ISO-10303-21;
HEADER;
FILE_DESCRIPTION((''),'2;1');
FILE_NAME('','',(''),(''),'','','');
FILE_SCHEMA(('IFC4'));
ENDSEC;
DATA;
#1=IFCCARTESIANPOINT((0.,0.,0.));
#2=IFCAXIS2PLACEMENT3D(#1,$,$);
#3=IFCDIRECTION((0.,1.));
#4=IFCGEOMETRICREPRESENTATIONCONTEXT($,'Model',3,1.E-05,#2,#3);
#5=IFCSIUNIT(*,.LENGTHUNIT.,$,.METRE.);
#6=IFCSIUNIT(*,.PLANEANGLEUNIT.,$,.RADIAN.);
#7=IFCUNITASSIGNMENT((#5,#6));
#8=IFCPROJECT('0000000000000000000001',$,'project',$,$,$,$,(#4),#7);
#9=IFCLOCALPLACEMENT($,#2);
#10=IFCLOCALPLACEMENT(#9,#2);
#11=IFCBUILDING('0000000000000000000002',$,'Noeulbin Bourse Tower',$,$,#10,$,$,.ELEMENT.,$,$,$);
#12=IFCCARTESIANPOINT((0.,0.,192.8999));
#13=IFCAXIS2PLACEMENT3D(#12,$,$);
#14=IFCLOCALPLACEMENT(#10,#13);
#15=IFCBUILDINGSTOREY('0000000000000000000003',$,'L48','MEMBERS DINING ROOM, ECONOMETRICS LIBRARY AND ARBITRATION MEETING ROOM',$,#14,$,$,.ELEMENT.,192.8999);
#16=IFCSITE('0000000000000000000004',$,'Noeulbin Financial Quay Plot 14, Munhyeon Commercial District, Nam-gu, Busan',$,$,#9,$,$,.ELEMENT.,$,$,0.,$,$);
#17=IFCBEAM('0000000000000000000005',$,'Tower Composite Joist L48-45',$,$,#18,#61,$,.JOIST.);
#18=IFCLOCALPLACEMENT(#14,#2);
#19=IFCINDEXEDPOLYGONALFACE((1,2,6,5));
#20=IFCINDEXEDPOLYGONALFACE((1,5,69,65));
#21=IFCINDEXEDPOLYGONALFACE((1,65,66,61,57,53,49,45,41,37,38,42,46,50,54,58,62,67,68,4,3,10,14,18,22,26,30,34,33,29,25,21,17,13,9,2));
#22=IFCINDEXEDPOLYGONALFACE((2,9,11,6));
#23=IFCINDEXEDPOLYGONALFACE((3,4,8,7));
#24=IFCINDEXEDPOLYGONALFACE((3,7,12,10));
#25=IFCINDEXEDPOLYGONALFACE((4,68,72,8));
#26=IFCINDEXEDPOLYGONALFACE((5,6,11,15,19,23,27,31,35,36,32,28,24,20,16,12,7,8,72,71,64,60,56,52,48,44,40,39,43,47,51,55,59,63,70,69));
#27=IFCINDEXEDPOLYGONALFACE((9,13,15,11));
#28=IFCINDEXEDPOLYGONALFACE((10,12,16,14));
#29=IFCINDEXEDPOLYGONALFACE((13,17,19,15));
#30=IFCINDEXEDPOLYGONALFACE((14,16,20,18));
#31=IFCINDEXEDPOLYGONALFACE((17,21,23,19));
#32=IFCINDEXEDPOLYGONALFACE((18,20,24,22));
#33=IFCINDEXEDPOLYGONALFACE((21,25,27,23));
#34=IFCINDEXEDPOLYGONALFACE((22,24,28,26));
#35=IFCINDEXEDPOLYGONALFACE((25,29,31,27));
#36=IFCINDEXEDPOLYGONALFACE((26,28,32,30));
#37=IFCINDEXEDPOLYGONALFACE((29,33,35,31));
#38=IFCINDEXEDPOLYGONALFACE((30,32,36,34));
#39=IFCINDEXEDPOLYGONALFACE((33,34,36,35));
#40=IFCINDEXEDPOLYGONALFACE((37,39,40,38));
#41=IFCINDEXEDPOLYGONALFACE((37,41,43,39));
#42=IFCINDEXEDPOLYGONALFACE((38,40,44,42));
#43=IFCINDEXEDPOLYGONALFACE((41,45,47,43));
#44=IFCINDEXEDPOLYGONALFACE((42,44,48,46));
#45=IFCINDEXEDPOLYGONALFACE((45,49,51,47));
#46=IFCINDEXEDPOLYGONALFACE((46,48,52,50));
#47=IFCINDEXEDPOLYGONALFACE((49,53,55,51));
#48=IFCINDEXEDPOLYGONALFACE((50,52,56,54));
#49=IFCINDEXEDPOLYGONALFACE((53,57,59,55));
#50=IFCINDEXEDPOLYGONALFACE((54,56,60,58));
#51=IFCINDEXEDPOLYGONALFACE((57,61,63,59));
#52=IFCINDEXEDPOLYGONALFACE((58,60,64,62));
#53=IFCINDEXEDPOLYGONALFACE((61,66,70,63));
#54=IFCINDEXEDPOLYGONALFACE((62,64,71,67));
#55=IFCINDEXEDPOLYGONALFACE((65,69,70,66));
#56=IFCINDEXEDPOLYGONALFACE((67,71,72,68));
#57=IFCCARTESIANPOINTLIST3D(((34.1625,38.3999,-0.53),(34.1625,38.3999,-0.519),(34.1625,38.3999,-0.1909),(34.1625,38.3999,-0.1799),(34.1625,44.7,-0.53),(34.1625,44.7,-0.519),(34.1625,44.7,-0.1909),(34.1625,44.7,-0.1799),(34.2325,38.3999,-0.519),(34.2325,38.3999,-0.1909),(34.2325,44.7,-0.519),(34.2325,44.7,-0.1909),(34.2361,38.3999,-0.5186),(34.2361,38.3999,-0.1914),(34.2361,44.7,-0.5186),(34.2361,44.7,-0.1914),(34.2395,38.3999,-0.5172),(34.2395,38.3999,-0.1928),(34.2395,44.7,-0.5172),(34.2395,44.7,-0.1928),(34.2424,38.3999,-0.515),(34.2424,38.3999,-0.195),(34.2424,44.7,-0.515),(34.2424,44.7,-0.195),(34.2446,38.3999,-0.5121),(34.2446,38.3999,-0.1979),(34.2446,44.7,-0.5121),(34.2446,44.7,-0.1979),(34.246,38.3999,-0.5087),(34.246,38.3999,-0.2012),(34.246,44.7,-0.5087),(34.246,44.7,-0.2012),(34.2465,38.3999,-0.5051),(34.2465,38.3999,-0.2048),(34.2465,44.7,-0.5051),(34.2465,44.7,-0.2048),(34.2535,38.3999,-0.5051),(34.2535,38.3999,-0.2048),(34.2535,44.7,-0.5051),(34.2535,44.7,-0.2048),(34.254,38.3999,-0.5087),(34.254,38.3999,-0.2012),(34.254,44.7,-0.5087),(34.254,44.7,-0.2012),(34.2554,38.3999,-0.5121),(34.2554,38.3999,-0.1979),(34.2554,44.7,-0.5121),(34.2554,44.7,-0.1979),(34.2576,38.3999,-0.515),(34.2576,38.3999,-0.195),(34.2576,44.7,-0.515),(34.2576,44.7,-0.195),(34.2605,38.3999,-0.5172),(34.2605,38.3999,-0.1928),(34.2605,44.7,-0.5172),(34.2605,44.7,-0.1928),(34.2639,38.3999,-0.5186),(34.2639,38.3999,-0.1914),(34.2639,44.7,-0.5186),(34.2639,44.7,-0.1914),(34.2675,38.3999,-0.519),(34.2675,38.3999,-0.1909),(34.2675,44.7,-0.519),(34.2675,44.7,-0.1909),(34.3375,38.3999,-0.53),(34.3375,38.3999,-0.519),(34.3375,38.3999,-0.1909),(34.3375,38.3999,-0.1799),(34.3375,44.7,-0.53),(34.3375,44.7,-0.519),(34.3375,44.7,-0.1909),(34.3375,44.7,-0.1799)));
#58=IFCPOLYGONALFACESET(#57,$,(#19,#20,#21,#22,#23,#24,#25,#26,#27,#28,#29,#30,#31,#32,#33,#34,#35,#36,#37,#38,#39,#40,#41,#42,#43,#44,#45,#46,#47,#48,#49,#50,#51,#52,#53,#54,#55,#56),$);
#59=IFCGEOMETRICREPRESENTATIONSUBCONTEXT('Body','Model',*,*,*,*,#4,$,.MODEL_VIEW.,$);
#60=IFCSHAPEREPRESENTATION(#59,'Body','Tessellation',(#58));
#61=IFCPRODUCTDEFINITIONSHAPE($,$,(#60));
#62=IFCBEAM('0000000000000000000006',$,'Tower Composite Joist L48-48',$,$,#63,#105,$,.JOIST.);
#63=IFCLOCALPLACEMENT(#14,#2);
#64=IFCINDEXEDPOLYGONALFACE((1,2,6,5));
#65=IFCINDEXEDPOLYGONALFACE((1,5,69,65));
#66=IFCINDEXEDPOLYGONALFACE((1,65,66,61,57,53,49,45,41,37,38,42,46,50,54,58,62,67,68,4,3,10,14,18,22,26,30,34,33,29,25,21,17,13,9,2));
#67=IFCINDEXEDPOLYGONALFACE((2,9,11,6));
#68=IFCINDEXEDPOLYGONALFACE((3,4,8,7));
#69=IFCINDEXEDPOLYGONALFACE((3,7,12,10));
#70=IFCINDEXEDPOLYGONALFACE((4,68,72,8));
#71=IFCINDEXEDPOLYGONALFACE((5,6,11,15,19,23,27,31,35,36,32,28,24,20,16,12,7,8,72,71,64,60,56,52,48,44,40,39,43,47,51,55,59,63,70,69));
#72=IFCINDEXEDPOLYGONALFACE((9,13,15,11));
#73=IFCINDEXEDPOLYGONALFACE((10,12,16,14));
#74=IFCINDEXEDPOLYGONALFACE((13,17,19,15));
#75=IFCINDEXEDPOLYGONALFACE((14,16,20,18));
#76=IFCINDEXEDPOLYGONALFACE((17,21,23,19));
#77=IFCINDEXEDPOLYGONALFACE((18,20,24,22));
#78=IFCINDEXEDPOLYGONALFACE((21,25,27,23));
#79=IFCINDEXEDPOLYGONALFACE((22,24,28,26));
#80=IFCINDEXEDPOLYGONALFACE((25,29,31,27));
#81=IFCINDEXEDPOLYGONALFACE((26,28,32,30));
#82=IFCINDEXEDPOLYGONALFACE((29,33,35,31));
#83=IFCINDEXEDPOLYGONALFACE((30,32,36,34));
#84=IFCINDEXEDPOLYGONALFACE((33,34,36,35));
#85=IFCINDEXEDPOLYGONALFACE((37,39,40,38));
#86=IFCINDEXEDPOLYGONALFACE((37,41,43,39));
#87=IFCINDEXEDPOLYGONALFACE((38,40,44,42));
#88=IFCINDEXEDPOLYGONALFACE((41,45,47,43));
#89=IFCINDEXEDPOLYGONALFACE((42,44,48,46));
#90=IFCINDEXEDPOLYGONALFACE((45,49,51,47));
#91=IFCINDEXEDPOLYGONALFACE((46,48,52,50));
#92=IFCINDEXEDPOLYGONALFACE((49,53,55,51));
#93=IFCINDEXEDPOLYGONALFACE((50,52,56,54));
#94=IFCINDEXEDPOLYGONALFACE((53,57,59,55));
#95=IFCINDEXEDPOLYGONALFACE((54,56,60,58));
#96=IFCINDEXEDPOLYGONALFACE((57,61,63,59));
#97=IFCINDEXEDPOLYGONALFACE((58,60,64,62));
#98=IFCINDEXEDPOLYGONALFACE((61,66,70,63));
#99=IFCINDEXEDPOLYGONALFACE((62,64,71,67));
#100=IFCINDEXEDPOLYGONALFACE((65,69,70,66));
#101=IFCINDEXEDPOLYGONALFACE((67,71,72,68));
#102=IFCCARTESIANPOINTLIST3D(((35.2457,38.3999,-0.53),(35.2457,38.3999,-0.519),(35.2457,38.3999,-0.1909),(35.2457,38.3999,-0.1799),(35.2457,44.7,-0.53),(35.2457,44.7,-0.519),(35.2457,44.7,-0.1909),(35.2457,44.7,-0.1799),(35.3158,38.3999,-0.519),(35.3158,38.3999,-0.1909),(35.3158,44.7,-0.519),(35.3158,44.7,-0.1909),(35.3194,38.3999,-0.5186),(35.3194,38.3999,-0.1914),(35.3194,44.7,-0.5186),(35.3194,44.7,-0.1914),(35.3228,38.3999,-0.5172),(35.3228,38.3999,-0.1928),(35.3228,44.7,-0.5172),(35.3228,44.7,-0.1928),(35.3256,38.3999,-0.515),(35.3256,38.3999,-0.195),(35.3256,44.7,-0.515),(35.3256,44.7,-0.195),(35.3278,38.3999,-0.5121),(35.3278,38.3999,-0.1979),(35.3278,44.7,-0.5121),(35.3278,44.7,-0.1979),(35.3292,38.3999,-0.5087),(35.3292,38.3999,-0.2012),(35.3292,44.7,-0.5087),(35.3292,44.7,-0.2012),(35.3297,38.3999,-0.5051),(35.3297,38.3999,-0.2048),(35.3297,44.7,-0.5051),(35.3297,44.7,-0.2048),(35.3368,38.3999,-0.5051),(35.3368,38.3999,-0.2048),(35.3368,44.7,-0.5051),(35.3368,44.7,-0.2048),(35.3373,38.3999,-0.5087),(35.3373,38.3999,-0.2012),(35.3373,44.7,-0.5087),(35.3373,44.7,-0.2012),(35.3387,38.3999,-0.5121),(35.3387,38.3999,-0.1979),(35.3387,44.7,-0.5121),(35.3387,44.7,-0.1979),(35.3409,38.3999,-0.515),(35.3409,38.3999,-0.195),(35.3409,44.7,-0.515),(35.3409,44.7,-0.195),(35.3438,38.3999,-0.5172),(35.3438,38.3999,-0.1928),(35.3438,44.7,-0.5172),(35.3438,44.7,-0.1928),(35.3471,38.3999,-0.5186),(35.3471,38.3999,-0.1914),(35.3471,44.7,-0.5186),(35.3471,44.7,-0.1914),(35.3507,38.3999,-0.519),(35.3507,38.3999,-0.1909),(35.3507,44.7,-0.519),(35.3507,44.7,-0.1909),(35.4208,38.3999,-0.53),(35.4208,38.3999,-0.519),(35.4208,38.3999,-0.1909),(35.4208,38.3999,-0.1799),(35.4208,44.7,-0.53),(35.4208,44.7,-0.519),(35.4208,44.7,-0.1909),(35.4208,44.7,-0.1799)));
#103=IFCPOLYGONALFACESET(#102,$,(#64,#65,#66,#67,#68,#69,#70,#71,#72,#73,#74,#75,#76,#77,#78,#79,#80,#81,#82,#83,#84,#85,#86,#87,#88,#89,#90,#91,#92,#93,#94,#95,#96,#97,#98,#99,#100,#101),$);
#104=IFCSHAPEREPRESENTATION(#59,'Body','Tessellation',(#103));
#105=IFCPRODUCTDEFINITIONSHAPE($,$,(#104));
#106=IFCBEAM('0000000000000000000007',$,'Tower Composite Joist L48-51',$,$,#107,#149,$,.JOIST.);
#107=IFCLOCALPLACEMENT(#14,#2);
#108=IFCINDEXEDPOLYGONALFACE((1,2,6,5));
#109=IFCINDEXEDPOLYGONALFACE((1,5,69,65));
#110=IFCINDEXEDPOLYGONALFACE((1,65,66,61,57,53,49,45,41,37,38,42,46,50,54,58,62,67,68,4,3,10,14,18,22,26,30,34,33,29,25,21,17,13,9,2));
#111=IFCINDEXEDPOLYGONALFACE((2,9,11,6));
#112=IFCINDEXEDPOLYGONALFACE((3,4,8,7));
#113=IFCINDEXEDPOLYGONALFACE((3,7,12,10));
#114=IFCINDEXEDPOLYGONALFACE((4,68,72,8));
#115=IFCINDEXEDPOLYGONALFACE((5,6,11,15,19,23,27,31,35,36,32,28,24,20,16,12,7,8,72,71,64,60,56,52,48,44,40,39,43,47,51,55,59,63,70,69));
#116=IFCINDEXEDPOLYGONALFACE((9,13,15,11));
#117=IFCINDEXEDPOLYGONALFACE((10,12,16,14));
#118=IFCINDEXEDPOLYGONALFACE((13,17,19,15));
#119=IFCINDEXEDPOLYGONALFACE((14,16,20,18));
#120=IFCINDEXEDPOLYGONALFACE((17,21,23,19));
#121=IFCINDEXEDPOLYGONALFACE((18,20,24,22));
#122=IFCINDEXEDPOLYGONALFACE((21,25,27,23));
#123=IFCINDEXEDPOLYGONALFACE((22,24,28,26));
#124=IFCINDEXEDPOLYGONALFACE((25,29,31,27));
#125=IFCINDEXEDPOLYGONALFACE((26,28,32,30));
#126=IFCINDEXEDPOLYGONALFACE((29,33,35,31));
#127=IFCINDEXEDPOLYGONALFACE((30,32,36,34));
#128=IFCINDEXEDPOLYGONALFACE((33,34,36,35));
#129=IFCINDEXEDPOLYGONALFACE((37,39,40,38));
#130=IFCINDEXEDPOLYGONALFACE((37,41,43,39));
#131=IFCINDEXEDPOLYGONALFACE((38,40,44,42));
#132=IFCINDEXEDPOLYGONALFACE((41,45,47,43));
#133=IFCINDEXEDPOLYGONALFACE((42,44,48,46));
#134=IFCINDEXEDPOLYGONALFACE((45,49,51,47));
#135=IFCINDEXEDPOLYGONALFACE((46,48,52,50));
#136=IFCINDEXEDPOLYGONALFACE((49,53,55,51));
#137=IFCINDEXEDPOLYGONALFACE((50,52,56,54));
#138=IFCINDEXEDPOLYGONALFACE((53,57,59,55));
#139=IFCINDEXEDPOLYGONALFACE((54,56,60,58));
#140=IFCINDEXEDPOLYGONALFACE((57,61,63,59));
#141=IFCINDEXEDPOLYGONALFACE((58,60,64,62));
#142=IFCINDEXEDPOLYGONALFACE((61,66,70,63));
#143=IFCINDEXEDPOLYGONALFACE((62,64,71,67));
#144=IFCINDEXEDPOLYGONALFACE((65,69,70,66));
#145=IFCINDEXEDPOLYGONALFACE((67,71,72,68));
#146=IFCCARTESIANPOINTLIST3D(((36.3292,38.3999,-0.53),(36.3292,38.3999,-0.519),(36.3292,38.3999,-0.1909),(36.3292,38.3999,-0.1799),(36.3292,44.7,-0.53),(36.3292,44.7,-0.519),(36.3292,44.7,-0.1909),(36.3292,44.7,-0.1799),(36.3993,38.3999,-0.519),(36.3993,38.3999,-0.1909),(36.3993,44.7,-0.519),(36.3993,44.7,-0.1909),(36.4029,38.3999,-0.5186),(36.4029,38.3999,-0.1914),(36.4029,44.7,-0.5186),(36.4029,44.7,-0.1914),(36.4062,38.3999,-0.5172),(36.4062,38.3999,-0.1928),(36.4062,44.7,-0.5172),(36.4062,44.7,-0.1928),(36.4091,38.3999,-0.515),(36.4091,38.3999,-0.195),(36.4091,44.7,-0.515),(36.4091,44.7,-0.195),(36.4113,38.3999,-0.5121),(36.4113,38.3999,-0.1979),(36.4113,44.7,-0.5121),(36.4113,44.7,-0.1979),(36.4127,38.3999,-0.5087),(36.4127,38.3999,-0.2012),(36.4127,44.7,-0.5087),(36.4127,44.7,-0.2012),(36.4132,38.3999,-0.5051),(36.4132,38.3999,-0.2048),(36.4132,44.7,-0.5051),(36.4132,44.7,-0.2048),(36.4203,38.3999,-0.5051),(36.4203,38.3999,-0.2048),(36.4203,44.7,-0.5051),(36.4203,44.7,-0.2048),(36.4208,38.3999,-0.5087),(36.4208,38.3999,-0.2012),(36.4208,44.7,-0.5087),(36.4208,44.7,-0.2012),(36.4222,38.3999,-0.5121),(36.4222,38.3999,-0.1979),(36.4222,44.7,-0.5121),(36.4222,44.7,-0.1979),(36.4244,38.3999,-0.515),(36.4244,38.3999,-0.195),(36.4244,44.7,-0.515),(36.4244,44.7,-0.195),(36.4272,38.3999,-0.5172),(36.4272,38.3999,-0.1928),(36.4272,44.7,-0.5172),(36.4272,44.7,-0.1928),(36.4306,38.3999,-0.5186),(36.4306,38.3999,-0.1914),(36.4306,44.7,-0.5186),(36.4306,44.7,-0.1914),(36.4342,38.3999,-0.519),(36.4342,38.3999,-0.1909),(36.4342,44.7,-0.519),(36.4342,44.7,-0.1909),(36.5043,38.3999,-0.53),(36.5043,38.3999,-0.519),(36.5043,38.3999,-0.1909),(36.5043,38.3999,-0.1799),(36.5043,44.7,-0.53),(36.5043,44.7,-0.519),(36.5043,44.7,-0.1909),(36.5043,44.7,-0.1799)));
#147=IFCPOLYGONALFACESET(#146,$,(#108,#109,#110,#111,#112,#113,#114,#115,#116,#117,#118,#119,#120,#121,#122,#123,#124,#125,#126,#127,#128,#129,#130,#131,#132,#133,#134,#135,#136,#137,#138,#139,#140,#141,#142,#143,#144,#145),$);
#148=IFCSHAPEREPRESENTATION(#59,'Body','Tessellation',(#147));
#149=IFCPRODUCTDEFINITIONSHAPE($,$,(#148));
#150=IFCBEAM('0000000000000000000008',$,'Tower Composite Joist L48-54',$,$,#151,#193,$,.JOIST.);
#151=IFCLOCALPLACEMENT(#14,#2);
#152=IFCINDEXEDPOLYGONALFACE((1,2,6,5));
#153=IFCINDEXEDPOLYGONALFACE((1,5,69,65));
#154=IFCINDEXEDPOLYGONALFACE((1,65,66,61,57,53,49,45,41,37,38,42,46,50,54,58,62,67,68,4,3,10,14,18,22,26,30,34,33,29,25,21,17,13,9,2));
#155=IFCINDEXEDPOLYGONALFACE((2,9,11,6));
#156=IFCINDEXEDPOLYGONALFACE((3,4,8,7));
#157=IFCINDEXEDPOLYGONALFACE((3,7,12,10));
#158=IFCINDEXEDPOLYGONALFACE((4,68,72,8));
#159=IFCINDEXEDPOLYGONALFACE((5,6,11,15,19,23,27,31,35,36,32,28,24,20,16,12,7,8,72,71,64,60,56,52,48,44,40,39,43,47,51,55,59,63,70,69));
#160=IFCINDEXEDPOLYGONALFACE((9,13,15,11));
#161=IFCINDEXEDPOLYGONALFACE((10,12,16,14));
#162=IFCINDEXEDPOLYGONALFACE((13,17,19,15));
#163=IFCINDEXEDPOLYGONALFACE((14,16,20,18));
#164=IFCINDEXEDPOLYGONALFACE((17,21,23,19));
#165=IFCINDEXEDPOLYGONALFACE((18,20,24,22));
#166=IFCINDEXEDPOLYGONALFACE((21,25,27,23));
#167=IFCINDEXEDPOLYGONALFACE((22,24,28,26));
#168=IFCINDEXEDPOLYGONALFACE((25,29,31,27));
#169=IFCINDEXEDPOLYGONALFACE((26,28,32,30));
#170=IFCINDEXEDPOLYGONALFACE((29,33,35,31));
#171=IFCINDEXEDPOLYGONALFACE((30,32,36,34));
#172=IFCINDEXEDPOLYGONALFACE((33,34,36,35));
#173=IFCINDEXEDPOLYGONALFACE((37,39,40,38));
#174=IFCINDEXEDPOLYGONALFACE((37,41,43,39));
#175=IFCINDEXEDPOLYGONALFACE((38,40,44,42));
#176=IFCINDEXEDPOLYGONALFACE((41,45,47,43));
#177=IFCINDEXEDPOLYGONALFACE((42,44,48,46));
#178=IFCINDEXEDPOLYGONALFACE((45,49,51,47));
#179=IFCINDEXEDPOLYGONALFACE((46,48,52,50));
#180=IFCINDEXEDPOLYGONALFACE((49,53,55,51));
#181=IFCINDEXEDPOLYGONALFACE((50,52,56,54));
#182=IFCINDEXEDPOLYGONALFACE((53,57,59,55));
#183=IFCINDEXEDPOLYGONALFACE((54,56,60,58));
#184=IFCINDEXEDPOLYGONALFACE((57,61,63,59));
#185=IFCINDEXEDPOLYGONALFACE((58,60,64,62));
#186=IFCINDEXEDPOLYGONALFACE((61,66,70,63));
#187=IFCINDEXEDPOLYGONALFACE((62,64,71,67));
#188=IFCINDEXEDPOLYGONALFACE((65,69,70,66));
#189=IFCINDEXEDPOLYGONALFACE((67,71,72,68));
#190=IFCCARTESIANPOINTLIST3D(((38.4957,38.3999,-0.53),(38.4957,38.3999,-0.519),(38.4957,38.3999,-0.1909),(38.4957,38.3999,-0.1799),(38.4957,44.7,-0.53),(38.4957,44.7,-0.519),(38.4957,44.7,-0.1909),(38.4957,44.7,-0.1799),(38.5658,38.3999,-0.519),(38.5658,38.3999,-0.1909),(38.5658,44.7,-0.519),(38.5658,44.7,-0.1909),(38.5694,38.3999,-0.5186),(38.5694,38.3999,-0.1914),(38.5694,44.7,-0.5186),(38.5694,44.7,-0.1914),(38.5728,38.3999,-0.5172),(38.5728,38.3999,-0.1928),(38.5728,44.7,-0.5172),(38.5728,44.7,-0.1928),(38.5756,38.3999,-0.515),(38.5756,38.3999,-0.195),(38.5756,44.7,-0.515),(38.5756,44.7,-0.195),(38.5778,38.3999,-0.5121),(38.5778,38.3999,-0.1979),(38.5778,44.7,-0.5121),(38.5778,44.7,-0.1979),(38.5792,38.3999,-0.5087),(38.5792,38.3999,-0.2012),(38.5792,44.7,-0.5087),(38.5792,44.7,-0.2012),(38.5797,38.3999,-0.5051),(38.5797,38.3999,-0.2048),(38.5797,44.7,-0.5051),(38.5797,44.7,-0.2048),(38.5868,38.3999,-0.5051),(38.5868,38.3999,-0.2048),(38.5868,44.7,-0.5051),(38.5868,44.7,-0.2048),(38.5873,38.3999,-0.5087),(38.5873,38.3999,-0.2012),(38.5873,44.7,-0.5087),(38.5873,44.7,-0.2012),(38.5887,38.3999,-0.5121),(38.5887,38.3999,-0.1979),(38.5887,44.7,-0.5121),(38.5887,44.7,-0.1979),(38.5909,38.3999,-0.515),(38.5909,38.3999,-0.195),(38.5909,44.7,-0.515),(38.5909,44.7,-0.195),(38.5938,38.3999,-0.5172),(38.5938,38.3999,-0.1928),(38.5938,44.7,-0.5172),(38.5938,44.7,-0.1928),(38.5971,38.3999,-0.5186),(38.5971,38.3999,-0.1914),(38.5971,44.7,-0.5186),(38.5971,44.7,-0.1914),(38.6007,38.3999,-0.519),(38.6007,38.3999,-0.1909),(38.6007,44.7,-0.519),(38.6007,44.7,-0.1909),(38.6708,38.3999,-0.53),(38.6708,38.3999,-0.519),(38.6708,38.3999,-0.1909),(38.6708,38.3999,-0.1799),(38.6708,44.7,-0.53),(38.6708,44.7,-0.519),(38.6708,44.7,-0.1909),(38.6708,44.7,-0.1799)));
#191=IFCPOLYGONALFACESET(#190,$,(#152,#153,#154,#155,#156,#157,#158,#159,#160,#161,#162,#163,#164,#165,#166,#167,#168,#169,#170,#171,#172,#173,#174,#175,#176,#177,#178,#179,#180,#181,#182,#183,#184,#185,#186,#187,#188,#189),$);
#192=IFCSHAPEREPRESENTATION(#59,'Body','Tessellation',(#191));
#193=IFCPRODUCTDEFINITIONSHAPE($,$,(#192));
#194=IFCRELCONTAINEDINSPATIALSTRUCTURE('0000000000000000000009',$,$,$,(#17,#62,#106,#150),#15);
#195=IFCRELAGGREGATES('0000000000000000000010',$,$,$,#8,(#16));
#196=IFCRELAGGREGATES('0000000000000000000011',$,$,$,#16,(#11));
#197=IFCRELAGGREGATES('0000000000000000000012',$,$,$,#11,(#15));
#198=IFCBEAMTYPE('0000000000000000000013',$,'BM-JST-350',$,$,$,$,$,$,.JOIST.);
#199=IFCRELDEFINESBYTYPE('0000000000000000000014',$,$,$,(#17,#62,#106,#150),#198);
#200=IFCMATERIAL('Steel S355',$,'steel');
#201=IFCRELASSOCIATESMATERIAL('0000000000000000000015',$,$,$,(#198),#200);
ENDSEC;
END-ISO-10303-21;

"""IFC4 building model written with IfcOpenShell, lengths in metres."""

from ifc_helpers import new_model, si_unit, direction, frame, origin, origin_2d, place, context, subcontext, project, spatial, i_section, extrude, material, material_profile, profile_set, type_object, element, save


model = new_model("IFC4")

# Units and contexts
model_context = context("Model", 3, precision=1e-05, world=origin(), true_north=direction((0.0, 1.0)))
body_context = subcontext(model_context, "Body", "Model", "MODEL_VIEW")
ifc_project = project(units=[si_unit("LENGTHUNIT", "METRE"), si_unit("PLANEANGLEUNIT", "RADIAN")], contexts=[model_context])

# Site, building, storey
site_placement = place(None, origin())
site = spatial("IfcSite", under=ifc_project, at=site_placement, Name="Noeulbin Financial Quay Plot 14, Munhyeon Commercial District, Nam-gu, Busan", CompositionType="ELEMENT", RefElevation=0.0)
building_placement = place(site_placement, origin())
building = spatial("IfcBuilding", under=site, at=building_placement, Name="Noeulbin Bourse Tower", CompositionType="ELEMENT")
storey_placement = place(building_placement, frame((0.0, 0.0, 192.8999)))
storey = spatial("IfcBuildingStorey", under=building, at=storey_placement, Name="L48", Description="MEMBERS DINING ROOM, ECONOMETRICS LIBRARY AND ARBITRATION MEETING ROOM", CompositionType="ELEMENT", Elevation=192.8999)

# Shared definitions
ifc_material_1 = material(Name="Steel S355", Category="steel")

# Beams
ifc_material_profile_1 = material_profile(ifc_material_1, i_section(OverallWidth=0.175, OverallDepth=0.3501, WebThickness=0.0071, FlangeThickness=0.011, FilletRadius=0.0139, at=origin_2d()), Name="H-350x175x7x11", Category="LoadBearing")
ifc_profile_set_1 = profile_set([ifc_material_profile_1], Name="Steel S355")
beam_type_1 = type_object("IfcBeamType", Name="BM-JST-350", PredefinedType="JOIST", material=ifc_profile_set_1)
for number, where, z_axis, x_axis, name in (
    (1, (34.25, 38.3999, -0.355), (0.0, 1.0, 0.0), (-1.0, 0.0, 0.0), "Tower Composite Joist L48-45"),
    (2, (35.3333, 38.3999, -0.355), (0.0, 1.0, 0.0), (-1.0, 0.0, 0.0), "Tower Composite Joist L48-48"),
    (3, (36.4167, 38.3999, -0.355), (0.0, 1.0, 0.0), (-1.0, 0.0, 0.0), "Tower Composite Joist L48-51"),
    (4, (38.5833, 38.3999, -0.355), (0.0, 1.0, 0.0), (-1.0, 0.0, 0.0), "Tower Composite Joist L48-54"),
):
    element("IfcBeam", number, at=place(storey_placement, frame(where, z_axis=z_axis, x_axis=x_axis)), inside=storey, type_object=beam_type_1, Name=name, PredefinedType="JOIST", context=body_context, shape_type="SweptSolid", body=[
        extrude(i_section(OverallWidth=0.175, OverallDepth=0.3501, WebThickness=0.0071, FlangeThickness=0.011, FilletRadius=0.0139, at=origin_2d()), origin(), (0.0, 0.0, 1.0), 6.3),
    ])

save(model, "model.ifc")
